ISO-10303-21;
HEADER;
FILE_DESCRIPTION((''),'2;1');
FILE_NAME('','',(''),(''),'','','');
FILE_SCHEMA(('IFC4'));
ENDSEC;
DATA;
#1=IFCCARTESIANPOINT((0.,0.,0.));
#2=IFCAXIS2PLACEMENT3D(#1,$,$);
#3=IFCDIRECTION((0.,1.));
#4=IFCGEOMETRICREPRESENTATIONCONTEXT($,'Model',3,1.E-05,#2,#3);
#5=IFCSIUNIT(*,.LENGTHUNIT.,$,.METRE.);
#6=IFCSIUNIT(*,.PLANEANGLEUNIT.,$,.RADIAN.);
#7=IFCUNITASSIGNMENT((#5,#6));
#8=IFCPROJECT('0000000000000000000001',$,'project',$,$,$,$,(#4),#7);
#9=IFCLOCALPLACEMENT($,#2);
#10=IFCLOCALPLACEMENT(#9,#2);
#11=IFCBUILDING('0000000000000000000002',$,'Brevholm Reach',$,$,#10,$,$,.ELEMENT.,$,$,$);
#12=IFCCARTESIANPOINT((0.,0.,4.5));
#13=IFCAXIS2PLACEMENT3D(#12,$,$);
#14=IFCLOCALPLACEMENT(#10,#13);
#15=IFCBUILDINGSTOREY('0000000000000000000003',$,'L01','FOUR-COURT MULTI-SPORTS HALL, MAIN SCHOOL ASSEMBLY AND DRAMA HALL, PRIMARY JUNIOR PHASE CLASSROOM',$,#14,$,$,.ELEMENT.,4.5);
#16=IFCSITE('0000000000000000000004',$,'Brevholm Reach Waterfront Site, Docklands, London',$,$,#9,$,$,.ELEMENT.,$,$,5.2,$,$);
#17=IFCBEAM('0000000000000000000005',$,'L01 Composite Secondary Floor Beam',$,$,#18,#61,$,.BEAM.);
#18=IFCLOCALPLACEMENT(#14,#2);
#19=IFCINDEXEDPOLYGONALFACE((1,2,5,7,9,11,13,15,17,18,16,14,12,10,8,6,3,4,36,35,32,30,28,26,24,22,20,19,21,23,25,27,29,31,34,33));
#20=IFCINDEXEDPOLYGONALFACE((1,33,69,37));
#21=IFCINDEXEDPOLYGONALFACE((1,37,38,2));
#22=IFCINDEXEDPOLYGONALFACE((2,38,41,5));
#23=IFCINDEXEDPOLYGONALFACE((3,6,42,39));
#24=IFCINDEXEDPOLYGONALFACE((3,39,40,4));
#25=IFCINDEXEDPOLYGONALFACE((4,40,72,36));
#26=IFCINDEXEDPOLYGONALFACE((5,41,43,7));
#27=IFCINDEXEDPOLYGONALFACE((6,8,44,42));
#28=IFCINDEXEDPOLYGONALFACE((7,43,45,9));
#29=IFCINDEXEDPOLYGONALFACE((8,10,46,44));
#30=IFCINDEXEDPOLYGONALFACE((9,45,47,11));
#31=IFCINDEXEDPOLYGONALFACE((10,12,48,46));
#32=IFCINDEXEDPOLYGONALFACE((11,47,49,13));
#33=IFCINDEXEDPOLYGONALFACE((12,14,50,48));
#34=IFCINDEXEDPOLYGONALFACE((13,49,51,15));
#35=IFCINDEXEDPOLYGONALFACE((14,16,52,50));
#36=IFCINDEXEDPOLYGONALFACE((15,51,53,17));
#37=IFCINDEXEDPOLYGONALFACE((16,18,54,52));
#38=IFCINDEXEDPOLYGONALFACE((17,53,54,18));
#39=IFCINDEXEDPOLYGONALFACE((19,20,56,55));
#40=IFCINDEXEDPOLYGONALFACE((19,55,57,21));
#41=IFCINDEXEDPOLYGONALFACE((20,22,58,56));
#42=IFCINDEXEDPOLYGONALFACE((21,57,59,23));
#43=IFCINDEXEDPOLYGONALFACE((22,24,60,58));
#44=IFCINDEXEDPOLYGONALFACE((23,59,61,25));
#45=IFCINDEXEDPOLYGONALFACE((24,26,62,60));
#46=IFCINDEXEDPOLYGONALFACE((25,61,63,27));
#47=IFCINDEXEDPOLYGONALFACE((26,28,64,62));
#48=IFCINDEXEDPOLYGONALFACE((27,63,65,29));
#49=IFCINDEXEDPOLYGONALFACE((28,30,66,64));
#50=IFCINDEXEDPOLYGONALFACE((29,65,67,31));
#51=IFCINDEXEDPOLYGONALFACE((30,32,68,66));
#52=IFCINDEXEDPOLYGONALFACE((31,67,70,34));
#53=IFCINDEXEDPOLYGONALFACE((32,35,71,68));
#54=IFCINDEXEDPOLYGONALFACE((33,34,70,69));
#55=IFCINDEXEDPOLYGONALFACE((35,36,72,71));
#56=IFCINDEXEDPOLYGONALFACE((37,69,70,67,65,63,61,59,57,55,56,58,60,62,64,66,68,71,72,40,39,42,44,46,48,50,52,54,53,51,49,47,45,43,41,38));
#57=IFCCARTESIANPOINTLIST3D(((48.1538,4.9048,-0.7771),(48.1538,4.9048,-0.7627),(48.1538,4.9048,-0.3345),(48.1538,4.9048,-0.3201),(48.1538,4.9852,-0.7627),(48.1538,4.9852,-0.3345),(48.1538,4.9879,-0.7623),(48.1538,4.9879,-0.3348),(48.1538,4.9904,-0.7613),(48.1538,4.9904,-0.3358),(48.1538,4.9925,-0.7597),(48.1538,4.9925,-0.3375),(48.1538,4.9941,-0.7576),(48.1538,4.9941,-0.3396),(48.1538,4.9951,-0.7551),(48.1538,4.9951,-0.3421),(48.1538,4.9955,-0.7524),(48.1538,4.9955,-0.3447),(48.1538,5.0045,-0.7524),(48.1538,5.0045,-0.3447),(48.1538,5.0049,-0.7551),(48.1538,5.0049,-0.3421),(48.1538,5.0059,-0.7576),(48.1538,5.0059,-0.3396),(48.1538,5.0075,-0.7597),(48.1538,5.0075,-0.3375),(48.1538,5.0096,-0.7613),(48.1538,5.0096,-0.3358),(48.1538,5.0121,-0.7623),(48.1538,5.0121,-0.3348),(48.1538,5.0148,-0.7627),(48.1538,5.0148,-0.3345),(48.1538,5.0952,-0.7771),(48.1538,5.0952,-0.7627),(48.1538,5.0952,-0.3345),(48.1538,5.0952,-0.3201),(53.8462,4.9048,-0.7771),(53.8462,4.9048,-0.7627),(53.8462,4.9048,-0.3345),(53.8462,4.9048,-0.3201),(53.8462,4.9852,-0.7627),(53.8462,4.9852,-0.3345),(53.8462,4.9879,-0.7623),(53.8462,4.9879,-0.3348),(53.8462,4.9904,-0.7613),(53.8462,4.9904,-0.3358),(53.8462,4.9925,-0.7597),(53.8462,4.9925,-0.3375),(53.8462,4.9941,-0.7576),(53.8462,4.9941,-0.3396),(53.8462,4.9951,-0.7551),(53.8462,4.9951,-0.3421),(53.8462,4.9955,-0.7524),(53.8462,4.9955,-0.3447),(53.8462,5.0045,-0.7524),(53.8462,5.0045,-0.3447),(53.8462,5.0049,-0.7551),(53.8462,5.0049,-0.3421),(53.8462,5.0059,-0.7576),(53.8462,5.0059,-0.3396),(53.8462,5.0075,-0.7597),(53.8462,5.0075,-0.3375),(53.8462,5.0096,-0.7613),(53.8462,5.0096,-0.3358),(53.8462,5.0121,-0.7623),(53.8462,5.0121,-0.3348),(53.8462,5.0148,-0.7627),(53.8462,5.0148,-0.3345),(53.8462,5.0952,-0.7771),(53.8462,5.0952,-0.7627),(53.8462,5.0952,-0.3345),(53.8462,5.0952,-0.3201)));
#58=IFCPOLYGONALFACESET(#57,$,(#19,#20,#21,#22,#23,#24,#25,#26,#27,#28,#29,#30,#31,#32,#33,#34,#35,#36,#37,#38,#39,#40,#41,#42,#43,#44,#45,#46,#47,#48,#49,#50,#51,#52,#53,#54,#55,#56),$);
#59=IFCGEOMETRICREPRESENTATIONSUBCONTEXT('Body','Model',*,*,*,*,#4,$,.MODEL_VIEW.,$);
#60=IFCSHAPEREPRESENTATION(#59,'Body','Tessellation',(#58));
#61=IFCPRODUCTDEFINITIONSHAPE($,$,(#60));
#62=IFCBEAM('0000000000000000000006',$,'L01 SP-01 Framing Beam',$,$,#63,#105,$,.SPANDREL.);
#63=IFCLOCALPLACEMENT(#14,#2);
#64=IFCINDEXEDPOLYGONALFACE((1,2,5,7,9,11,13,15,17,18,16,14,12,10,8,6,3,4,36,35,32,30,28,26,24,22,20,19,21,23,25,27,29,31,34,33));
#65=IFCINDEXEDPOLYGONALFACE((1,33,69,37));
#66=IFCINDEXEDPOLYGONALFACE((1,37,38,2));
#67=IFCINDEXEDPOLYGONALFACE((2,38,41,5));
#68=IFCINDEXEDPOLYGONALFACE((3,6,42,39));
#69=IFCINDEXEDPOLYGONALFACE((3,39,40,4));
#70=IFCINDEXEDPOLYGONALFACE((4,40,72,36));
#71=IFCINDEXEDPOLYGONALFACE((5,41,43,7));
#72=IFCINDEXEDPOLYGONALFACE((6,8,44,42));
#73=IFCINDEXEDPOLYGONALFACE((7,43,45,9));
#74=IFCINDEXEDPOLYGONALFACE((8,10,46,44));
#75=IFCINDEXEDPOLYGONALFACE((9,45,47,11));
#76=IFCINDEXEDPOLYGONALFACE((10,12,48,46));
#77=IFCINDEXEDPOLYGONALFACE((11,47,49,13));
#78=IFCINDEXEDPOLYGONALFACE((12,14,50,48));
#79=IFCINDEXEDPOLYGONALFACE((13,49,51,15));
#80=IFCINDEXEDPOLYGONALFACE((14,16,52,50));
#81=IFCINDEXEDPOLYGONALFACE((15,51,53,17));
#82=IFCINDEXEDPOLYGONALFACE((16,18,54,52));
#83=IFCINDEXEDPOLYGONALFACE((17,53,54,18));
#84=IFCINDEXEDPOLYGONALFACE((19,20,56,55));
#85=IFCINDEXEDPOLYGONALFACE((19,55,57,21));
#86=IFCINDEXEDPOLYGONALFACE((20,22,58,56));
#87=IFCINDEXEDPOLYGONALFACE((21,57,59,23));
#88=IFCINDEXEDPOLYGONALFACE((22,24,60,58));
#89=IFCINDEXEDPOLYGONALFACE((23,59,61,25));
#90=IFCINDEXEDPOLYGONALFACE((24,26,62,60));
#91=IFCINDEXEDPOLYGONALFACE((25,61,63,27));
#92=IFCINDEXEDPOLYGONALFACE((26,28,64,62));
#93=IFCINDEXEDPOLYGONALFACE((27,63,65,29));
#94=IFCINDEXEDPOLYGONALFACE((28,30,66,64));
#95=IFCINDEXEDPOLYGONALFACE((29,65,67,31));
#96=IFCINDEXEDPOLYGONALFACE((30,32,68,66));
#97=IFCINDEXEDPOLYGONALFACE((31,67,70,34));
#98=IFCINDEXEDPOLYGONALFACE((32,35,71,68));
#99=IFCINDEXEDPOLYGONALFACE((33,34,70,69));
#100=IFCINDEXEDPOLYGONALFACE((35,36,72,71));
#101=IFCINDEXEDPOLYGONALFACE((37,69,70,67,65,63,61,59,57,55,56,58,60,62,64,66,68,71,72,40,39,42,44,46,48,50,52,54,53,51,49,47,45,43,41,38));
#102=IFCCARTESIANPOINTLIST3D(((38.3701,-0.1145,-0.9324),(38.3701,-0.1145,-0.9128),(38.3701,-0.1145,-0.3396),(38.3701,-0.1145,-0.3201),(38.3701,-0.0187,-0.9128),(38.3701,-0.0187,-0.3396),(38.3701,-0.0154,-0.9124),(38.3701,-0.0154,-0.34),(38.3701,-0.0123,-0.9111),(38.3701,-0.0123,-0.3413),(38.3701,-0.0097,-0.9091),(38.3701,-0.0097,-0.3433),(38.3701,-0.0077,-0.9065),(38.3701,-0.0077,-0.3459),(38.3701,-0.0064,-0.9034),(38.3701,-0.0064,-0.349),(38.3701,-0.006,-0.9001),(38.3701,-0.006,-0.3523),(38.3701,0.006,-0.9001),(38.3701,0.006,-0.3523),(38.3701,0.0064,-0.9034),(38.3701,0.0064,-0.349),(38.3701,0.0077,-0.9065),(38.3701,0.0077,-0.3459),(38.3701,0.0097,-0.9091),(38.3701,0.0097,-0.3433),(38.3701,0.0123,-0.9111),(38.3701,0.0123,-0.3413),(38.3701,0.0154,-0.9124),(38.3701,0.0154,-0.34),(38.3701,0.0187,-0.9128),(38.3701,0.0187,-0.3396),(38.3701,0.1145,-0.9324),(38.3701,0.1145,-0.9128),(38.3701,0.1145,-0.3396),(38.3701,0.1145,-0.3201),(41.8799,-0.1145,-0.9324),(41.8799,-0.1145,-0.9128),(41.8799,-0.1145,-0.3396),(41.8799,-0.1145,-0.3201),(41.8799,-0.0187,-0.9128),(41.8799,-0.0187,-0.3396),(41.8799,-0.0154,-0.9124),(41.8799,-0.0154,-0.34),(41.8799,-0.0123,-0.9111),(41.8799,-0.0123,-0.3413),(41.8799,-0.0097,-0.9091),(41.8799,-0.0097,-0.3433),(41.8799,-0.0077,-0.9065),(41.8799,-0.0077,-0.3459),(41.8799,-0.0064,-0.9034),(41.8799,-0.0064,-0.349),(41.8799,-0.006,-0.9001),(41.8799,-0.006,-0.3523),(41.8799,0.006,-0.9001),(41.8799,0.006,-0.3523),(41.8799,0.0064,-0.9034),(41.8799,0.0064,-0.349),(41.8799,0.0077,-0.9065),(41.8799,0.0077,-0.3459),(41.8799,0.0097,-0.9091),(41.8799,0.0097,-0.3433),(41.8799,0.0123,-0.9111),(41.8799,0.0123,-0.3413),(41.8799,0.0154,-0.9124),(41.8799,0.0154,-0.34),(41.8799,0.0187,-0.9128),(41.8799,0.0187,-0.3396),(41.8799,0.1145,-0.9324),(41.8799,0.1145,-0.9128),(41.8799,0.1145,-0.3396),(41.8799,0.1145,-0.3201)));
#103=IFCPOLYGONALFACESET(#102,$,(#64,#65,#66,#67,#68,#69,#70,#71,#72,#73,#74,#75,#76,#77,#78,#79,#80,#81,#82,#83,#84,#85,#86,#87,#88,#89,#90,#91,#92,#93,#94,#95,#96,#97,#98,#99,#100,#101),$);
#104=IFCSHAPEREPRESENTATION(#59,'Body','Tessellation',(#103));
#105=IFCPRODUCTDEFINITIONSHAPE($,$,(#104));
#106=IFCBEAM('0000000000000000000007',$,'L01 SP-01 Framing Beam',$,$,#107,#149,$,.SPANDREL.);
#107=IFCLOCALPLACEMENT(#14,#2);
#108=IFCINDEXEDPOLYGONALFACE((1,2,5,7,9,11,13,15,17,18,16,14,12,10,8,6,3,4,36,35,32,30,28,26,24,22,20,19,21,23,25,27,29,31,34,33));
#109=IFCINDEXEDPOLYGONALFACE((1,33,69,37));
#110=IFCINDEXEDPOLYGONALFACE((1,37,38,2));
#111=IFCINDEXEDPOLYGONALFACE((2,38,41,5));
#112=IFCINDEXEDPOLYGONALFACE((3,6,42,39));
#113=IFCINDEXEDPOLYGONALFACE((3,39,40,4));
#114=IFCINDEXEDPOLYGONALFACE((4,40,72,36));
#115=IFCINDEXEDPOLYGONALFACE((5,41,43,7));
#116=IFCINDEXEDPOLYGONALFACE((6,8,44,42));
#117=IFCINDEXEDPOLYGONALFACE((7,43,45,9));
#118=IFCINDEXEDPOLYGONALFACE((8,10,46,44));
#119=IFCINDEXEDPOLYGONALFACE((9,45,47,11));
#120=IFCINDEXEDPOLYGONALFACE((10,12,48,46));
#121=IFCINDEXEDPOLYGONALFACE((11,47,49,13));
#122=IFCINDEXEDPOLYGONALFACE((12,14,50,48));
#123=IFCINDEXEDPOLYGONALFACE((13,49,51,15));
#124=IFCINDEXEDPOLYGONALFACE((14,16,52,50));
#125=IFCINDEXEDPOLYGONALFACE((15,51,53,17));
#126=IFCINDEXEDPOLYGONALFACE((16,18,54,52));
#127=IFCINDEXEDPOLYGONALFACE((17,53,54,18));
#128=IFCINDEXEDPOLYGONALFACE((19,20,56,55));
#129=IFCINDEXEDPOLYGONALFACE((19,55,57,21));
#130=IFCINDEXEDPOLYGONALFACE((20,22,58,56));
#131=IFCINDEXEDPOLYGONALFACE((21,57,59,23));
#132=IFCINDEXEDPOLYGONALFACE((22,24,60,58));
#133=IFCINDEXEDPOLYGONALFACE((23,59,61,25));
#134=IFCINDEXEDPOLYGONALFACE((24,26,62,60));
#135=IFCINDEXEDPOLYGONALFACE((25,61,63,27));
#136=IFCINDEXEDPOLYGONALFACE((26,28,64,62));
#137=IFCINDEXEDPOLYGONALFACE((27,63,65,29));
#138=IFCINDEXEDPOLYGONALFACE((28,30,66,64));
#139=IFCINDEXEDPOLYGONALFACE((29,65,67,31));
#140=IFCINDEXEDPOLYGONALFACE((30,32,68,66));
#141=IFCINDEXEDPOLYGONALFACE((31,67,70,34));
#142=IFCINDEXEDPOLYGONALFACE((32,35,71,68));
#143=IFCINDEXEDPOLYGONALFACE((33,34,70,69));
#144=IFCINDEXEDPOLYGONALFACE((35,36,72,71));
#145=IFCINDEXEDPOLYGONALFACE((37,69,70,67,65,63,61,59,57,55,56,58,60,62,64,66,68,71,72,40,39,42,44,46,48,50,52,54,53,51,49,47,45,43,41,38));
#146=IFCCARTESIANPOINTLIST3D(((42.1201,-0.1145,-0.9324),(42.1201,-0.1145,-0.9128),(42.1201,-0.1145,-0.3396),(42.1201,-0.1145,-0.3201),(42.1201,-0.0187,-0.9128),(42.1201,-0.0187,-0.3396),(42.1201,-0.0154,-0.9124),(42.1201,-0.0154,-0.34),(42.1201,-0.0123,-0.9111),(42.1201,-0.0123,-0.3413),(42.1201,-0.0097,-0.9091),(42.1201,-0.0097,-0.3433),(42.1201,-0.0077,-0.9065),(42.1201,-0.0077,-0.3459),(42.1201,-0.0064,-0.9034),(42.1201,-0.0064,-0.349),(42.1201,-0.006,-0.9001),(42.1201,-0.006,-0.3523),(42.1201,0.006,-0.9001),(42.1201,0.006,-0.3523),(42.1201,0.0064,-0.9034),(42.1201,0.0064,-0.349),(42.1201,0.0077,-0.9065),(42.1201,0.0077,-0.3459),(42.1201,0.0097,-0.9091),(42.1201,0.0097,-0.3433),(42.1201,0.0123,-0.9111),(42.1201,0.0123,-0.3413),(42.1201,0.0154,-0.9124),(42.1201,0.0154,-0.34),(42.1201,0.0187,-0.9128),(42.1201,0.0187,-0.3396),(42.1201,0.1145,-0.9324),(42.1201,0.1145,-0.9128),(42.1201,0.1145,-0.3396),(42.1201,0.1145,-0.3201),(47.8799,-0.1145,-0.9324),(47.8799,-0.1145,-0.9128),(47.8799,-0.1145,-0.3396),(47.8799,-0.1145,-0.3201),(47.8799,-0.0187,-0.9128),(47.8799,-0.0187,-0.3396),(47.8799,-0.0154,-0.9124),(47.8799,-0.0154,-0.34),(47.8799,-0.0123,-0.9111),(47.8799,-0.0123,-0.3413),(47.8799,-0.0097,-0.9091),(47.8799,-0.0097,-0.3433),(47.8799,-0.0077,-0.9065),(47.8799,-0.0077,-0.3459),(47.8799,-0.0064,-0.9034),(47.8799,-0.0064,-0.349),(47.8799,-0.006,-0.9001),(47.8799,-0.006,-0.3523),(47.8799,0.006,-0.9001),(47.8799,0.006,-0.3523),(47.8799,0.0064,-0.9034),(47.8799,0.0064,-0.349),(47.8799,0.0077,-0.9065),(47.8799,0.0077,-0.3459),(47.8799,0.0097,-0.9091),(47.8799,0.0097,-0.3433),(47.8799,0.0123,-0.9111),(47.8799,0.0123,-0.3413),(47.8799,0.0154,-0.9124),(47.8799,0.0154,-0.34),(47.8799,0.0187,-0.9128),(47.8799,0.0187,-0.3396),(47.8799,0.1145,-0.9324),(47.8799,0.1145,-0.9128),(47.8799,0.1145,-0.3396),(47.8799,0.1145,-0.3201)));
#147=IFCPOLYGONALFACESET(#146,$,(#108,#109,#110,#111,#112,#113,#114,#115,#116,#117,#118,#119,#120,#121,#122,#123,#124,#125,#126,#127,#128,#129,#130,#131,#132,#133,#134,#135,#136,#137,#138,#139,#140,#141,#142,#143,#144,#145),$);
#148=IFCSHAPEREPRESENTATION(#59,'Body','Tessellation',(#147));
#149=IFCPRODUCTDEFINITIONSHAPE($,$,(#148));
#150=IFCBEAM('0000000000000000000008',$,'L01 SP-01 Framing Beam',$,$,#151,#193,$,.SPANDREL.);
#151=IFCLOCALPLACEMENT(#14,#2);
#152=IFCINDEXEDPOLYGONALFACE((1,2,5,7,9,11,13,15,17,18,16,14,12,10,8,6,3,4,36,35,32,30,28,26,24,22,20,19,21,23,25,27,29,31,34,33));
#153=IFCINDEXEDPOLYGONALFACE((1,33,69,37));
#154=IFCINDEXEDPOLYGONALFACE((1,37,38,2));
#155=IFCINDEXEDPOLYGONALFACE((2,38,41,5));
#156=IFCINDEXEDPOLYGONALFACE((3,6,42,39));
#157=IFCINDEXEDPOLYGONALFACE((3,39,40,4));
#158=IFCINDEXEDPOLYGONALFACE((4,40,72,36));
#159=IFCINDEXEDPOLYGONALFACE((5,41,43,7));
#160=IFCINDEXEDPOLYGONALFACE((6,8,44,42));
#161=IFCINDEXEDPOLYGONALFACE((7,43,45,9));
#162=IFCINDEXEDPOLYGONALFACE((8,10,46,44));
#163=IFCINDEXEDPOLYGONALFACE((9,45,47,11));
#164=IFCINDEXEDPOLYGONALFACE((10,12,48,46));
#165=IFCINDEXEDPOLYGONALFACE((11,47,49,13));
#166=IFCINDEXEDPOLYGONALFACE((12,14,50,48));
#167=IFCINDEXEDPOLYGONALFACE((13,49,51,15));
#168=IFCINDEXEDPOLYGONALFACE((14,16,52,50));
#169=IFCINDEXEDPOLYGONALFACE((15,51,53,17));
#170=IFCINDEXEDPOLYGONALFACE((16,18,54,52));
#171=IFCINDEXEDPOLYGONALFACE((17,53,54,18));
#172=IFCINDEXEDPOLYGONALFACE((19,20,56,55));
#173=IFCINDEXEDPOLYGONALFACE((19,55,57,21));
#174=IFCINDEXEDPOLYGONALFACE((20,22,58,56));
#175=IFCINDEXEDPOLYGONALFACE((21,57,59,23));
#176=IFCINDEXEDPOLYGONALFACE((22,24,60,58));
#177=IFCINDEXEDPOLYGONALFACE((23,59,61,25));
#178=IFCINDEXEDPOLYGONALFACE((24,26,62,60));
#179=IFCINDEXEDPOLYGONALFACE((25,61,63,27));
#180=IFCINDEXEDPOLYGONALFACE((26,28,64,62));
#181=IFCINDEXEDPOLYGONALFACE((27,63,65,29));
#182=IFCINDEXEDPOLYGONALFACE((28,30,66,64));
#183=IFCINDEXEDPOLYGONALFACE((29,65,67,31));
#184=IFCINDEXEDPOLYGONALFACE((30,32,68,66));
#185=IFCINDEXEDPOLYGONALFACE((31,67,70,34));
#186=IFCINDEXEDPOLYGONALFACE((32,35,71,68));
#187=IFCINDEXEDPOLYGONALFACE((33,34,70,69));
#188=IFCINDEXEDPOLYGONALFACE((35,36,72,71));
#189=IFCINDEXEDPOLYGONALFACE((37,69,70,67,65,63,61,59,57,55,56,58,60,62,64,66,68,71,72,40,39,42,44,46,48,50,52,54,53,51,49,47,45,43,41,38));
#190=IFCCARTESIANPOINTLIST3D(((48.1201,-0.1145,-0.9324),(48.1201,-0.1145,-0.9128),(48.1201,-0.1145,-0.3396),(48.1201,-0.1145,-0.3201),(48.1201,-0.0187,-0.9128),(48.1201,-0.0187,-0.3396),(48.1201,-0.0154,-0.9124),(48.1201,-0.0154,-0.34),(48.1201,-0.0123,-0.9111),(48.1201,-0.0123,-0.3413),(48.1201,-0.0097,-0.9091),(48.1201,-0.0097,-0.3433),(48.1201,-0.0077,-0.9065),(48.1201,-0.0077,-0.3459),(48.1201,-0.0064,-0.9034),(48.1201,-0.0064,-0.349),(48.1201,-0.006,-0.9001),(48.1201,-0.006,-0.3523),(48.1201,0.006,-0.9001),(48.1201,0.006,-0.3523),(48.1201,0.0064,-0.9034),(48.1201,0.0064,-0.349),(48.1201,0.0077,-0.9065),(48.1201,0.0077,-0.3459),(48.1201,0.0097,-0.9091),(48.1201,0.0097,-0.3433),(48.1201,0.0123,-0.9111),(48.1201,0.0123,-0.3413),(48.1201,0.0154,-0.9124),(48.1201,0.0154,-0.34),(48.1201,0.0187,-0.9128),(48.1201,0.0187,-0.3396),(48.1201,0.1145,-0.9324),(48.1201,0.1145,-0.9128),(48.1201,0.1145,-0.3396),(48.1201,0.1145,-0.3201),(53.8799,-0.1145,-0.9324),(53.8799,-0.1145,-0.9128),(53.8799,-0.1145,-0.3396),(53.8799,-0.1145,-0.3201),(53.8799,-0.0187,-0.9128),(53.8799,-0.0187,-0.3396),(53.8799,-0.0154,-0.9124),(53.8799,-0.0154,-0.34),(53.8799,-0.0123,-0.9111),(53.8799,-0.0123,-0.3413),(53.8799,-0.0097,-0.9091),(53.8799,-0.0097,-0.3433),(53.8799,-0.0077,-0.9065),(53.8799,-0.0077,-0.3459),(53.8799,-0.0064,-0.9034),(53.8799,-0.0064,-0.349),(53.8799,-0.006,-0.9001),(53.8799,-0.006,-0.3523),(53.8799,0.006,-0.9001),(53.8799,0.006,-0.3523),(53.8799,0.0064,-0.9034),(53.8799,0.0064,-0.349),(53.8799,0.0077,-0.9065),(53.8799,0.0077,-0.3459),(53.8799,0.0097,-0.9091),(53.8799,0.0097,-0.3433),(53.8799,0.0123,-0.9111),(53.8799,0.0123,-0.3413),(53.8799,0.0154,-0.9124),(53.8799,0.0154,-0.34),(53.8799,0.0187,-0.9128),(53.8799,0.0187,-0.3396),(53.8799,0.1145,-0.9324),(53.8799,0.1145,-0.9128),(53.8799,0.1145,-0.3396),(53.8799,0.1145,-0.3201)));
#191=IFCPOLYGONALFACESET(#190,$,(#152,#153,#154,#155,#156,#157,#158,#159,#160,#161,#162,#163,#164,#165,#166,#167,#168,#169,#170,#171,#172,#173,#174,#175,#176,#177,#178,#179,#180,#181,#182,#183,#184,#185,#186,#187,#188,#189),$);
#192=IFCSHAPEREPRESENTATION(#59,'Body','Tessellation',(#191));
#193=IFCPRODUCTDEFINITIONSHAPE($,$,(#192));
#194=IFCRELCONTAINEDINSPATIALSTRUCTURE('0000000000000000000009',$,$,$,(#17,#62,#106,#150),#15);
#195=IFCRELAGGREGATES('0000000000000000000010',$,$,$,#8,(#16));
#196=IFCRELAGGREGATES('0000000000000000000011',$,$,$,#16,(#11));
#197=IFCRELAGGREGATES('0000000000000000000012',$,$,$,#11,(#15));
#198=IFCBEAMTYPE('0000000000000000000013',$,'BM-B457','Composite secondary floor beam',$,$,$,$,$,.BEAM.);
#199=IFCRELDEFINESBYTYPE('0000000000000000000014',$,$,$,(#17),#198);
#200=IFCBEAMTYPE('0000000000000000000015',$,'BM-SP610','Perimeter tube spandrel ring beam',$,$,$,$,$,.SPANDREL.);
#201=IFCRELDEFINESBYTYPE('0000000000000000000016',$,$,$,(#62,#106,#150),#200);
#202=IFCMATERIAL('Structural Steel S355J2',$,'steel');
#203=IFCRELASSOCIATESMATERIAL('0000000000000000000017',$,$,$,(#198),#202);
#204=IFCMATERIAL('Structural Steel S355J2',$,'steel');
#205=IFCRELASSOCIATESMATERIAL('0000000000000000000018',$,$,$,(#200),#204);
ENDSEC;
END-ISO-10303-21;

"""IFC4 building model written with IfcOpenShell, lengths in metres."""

from ifc_helpers import new_model, si_unit, direction, frame, origin, origin_2d, place, context, subcontext, project, spatial, i_section, extrude, material, material_profile, profile_set, type_object, element, save


model = new_model("IFC4")

# Units and contexts
model_context = context("Model", 3, precision=1e-05, world=origin(), true_north=direction((0.0, 1.0)))
body_context = subcontext(model_context, "Body", "Model", "MODEL_VIEW")
ifc_project = project(units=[si_unit("LENGTHUNIT", "METRE"), si_unit("PLANEANGLEUNIT", "RADIAN")], contexts=[model_context])

# Site, building, storey
site_placement = place(None, origin())
site = spatial("IfcSite", under=ifc_project, at=site_placement, Name="Brevholm Reach Waterfront Site, Docklands, London", CompositionType="ELEMENT", RefElevation=5.2)
building_placement = place(site_placement, origin())
building = spatial("IfcBuilding", under=site, at=building_placement, Name="Brevholm Reach", CompositionType="ELEMENT")
storey_placement = place(building_placement, frame((0.0, 0.0, 4.5)))
storey = spatial("IfcBuildingStorey", under=building, at=storey_placement, Name="L01", Description="FOUR-COURT MULTI-SPORTS HALL, MAIN SCHOOL ASSEMBLY AND DRAMA HALL, PRIMARY JUNIOR PHASE CLASSROOM", CompositionType="ELEMENT", Elevation=4.5)

# Beams
ifc_material_1 = material(Name="Structural Steel S355J2", Category="steel")
ifc_material_profile_1 = material_profile(ifc_material_1, i_section(OverallWidth=0.1904, OverallDepth=0.457, WebThickness=0.009, FlangeThickness=0.0144, FilletRadius=0.0103, at=origin_2d()), Name="UKB 457x191x74")
ifc_profile_set_1 = profile_set([ifc_material_profile_1], Name="Structural Steel S355J2")
beam_type_1 = type_object("IfcBeamType", Name="BM-B457", Description="Composite secondary floor beam", PredefinedType="BEAM", material=ifc_profile_set_1)
beam_1_placement = place(storey_placement, frame((48.1538, 5.0, -0.5486), z_axis=(1.0, 0.0, 0.0), x_axis=(0.0, 1.0, 0.0)))
element("IfcBeam", 1, at=beam_1_placement, inside=storey, type_object=beam_type_1, Name="L01 Composite Secondary Floor Beam", PredefinedType="BEAM", context=body_context, shape_type="SweptSolid", body=[
    extrude(i_section(OverallWidth=0.1904, OverallDepth=0.457, WebThickness=0.009, FlangeThickness=0.0144, FilletRadius=0.0103, at=origin_2d()), origin(), (0.0, 0.0, 1.0), 5.6924),
])
ifc_material_2 = material(Name="Structural Steel S355J2", Category="steel")
ifc_material_profile_2 = material_profile(ifc_material_2, i_section(OverallWidth=0.229, OverallDepth=0.6123, WebThickness=0.012, FlangeThickness=0.0195, FilletRadius=0.0127, at=origin_2d()), Name="UKB 610x229x125")
ifc_profile_set_2 = profile_set([ifc_material_profile_2], Name="Structural Steel S355J2")
beam_type_2 = type_object("IfcBeamType", Name="BM-SP610", Description="Perimeter tube spandrel ring beam", PredefinedType="SPANDREL", material=ifc_profile_set_2)
beam_2_placement = place(storey_placement, frame((38.3701, 0.0, -0.6262), z_axis=(1.0, 0.0, 0.0), x_axis=(0.0, 1.0, 0.0)))
element("IfcBeam", 2, at=beam_2_placement, inside=storey, type_object=beam_type_2, Name="L01 SP-01 Framing Beam", PredefinedType="SPANDREL", context=body_context, shape_type="SweptSolid", body=[
    extrude(i_section(OverallWidth=0.229, OverallDepth=0.6123, WebThickness=0.012, FlangeThickness=0.0195, FilletRadius=0.0127, at=origin_2d()), origin(), (0.0, 0.0, 1.0), 3.5098),
])
for number, where, z_axis, x_axis, name in (
    (3, (42.1201, 0.0, -0.6262), (1.0, 0.0, 0.0), (0.0, 1.0, 0.0), "L01 SP-01 Framing Beam"),
    (4, (48.1201, 0.0, -0.6262), (1.0, 0.0, 0.0), (0.0, 1.0, 0.0), "L01 SP-01 Framing Beam"),
):
    element("IfcBeam", number, at=place(storey_placement, frame(where, z_axis=z_axis, x_axis=x_axis)), inside=storey, type_object=beam_type_2, Name=name, PredefinedType="SPANDREL", context=body_context, shape_type="SweptSolid", body=[
        extrude(i_section(OverallWidth=0.229, OverallDepth=0.6123, WebThickness=0.012, FlangeThickness=0.0195, FilletRadius=0.0127, at=origin_2d()), origin(), (0.0, 0.0, 1.0), 5.7598),
    ])

save(model, "model.ifc")
